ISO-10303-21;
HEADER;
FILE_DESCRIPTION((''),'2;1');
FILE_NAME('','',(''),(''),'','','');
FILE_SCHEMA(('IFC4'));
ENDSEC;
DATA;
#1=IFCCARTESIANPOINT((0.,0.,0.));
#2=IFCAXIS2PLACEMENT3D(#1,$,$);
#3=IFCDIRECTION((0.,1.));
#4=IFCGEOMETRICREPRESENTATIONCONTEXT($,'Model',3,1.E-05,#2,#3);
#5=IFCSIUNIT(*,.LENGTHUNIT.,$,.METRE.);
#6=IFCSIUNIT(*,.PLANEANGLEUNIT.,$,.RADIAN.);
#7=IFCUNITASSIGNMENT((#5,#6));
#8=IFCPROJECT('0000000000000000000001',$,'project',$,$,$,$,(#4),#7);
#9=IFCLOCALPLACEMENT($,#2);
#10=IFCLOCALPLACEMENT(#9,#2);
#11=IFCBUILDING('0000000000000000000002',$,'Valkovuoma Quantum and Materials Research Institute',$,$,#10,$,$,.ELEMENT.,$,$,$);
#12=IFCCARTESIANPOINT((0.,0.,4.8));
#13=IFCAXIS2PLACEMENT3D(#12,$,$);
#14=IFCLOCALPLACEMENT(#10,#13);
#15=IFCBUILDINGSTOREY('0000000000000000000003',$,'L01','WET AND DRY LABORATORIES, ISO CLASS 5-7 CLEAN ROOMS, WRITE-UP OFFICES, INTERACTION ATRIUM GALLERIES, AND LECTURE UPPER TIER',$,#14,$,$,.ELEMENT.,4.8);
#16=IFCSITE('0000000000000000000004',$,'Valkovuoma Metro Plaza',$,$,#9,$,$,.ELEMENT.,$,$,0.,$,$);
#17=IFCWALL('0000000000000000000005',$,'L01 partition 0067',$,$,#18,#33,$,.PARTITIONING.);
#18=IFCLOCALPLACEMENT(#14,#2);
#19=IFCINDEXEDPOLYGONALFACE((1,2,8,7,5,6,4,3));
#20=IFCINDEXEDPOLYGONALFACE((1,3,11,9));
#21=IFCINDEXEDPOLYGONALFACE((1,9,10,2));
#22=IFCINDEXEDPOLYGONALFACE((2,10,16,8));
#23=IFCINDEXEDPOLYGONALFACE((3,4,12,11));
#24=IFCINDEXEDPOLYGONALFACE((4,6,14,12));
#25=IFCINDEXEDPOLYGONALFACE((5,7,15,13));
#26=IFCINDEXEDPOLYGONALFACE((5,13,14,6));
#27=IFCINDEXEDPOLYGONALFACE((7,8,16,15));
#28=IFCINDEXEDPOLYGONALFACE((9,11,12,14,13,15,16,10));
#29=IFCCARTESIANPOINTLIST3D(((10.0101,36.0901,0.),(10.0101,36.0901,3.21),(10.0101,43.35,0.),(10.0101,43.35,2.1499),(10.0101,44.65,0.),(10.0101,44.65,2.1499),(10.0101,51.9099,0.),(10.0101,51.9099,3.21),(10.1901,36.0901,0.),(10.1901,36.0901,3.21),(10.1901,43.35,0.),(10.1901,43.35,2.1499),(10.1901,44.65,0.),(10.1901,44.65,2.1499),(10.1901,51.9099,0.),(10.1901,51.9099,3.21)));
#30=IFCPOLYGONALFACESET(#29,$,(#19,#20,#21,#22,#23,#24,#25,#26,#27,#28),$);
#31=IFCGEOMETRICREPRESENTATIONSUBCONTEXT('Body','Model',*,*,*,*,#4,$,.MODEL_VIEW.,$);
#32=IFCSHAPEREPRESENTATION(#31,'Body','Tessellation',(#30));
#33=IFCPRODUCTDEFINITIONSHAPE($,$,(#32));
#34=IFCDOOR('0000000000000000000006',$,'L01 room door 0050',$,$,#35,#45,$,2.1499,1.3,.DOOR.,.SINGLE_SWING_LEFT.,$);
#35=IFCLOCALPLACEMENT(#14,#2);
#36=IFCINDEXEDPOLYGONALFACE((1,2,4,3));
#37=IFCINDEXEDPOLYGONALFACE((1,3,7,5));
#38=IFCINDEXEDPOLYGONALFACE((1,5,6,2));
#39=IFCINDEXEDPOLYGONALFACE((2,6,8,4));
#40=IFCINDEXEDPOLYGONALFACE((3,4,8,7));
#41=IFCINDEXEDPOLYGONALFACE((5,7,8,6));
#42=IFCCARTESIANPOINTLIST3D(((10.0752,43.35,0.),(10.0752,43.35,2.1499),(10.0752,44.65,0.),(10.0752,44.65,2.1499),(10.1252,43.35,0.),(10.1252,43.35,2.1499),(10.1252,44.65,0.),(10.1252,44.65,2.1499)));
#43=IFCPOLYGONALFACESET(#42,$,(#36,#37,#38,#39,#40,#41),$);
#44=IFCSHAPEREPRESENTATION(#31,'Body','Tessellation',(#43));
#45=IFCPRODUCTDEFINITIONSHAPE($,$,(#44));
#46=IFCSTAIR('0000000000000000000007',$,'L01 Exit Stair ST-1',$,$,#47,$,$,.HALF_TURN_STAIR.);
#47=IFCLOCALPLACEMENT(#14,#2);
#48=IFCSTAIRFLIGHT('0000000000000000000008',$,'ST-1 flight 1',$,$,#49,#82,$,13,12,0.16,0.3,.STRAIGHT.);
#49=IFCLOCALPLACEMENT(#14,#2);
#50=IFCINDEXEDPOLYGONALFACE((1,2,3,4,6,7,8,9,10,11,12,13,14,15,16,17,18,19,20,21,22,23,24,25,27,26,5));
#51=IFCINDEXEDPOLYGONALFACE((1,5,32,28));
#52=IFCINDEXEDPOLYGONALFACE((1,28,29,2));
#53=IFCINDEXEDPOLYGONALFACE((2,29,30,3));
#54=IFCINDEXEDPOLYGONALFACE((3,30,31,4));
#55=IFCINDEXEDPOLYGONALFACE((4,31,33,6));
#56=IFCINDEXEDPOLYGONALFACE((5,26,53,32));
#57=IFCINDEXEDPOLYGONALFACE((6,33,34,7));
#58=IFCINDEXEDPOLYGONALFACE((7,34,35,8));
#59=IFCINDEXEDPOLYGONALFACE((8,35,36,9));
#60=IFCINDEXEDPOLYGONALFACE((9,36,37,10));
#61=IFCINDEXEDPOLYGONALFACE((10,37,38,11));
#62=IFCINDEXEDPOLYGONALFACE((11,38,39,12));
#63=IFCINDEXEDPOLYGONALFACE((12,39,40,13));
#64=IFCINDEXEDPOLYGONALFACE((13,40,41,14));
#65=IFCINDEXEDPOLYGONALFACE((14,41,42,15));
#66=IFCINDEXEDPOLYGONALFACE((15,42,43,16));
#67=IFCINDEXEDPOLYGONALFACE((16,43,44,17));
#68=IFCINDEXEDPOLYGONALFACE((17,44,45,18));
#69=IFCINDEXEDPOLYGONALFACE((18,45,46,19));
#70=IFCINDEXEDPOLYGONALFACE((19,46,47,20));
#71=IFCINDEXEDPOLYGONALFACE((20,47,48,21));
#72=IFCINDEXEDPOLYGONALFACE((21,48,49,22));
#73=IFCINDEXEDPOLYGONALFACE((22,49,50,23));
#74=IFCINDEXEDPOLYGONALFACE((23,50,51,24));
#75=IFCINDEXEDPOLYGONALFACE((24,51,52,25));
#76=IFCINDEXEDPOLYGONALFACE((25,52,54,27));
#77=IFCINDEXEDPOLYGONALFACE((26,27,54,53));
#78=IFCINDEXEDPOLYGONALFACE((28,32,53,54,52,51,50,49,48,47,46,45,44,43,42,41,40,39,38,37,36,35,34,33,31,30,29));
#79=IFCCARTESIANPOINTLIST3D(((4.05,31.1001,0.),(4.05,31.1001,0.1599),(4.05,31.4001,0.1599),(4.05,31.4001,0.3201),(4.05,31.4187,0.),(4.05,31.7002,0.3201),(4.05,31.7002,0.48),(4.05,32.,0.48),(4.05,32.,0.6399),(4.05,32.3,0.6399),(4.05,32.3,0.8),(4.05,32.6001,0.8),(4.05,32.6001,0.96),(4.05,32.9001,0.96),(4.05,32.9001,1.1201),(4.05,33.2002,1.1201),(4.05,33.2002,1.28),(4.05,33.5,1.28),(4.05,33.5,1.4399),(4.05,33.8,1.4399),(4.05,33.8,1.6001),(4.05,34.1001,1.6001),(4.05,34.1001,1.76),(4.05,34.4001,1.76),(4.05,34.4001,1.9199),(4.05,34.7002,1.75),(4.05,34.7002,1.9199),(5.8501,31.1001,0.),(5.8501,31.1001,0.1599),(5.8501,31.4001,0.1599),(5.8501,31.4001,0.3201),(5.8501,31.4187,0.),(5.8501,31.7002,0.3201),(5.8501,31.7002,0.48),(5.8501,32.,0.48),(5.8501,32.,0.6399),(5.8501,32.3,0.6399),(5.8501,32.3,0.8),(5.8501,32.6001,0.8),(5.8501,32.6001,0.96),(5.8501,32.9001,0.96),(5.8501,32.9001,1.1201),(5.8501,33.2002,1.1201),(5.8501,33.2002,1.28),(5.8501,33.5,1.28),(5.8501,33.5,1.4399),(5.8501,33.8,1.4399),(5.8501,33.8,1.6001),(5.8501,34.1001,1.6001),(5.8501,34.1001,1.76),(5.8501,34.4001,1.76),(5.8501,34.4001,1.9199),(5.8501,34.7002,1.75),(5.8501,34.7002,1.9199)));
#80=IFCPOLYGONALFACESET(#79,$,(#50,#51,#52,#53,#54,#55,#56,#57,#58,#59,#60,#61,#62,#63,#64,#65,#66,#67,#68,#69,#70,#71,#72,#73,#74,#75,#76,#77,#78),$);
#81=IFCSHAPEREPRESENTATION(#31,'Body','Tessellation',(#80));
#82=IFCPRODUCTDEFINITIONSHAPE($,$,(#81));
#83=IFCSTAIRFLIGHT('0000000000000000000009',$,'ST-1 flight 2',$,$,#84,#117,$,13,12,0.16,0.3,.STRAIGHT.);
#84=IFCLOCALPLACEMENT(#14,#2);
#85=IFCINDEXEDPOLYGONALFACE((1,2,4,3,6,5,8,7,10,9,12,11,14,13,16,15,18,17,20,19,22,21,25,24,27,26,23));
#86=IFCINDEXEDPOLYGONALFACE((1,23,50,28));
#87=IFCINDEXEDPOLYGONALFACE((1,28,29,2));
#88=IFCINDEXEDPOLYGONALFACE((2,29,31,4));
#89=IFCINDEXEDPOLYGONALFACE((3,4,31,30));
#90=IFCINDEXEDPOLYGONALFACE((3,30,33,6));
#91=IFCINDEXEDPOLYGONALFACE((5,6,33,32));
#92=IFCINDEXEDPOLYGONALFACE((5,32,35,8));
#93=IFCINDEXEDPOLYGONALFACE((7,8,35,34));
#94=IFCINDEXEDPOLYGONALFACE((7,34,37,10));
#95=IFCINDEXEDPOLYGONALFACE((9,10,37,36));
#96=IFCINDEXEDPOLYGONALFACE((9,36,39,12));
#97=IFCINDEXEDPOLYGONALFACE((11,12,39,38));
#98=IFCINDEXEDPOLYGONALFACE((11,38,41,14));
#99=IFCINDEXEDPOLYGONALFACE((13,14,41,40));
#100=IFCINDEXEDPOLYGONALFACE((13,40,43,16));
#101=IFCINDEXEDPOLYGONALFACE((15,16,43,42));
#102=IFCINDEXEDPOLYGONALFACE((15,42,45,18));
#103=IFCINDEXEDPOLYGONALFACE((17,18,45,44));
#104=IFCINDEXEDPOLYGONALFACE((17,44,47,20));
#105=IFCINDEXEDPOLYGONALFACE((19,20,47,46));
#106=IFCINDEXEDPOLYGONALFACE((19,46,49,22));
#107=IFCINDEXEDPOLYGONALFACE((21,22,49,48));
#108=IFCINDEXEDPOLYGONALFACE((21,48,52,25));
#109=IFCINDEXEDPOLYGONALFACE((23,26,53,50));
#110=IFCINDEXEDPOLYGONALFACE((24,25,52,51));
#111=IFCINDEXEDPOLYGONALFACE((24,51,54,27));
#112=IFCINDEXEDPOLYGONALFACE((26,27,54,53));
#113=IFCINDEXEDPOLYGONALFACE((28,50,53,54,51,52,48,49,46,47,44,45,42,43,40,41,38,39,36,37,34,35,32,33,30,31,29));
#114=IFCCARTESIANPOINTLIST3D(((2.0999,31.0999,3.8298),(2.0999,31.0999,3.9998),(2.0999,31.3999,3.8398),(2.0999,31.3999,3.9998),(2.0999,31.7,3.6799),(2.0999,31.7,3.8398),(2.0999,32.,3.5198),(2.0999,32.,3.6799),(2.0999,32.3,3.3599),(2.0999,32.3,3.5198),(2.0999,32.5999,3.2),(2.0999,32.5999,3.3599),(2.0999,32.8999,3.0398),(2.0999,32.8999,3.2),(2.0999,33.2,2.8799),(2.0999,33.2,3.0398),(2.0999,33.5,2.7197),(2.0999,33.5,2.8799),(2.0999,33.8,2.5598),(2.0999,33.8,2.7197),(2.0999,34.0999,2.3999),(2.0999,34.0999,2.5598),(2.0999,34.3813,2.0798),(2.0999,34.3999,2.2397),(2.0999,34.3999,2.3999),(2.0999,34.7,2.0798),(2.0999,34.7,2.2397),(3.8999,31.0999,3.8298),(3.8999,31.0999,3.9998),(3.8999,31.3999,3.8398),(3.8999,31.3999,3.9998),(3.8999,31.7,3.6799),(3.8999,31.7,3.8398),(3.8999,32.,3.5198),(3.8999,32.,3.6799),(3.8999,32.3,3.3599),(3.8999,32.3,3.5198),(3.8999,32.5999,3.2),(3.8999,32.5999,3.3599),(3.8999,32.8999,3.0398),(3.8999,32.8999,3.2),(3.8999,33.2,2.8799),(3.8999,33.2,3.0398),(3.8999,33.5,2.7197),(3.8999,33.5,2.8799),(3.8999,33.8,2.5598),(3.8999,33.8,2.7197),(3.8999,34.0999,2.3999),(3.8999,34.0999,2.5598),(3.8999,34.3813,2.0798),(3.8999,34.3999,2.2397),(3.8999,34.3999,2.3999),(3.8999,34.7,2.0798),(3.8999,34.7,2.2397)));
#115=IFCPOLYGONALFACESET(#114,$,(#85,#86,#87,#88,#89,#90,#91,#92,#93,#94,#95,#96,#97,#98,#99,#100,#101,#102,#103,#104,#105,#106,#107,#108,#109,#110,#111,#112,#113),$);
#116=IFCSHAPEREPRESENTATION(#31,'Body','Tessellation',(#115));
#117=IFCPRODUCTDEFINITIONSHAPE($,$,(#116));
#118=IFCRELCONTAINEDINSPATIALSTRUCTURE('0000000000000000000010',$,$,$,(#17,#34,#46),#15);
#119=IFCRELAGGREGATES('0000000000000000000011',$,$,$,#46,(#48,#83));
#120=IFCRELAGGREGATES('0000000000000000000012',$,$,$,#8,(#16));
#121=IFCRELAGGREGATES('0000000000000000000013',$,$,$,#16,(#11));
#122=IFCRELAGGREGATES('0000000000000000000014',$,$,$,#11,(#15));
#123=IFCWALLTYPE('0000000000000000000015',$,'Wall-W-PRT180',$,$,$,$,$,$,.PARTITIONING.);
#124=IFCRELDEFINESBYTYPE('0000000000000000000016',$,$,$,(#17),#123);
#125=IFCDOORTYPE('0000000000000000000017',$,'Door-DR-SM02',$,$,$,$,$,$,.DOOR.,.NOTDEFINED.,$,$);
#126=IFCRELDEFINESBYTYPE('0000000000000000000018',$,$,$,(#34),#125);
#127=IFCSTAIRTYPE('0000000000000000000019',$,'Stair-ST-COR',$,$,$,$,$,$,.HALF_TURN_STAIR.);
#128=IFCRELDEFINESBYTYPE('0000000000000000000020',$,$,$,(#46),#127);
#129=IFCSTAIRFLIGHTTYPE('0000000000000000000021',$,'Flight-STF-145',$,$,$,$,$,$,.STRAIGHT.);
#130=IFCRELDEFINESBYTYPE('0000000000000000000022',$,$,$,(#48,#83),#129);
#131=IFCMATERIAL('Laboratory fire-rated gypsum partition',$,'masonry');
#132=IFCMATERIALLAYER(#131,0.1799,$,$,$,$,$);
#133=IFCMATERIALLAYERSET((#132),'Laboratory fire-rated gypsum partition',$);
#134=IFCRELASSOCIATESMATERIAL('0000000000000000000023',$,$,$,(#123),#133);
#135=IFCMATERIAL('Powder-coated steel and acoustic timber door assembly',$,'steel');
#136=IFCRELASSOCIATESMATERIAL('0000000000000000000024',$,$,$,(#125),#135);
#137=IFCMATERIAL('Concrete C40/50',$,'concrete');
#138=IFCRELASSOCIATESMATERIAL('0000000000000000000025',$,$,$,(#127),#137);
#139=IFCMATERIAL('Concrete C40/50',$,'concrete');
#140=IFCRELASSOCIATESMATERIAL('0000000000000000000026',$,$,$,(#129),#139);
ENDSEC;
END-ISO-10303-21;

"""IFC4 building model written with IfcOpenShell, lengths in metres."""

from ifc_helpers import new_model, si_unit, direction, frame, frame_2d, origin, place, context, subcontext, project, spatial, polyline, rectangle, outline, extrude, material, layer, layer_set, type_object, element, fill, aggregate, save


model = new_model("IFC4")

# Units and contexts
model_context = context("Model", 3, precision=1e-05, world=origin(), true_north=direction((0.0, 1.0)))
body_context = subcontext(model_context, "Body", "Model", "MODEL_VIEW")
ifc_project = project(units=[si_unit("LENGTHUNIT", "METRE"), si_unit("PLANEANGLEUNIT", "RADIAN")], contexts=[model_context])

# Site, building, storey
site_placement = place(None, origin())
site = spatial("IfcSite", under=ifc_project, at=site_placement, Name="Valkovuoma Metro Plaza", CompositionType="ELEMENT", RefElevation=0.0)
building_placement = place(site_placement, origin())
building = spatial("IfcBuilding", under=site, at=building_placement, Name="Valkovuoma Quantum and Materials Research Institute", CompositionType="ELEMENT")
storey_placement = place(building_placement, frame((0.0, 0.0, 4.8)))
storey = spatial("IfcBuildingStorey", under=building, at=storey_placement, Name="L01", Description="WET AND DRY LABORATORIES, ISO CLASS 5-7 CLEAN ROOMS, WRITE-UP OFFICES, INTERACTION ATRIUM GALLERIES, AND LECTURE UPPER TIER", CompositionType="ELEMENT", Elevation=4.8)

# Wall, opening, door
ifc_material_1 = material(Name="Laboratory fire-rated gypsum partition", Category="masonry")
ifc_layer_1 = layer(ifc_material_1, 0.1799)
ifc_layer_set_1 = layer_set([ifc_layer_1], Name="Laboratory fire-rated gypsum partition")
wall_type_1 = type_object("IfcWallType", Name="Wall-W-PRT180", PredefinedType="PARTITIONING", material=ifc_layer_set_1)
wall_1_placement = place(storey_placement, frame((10.1001, 36.0901, 0.0), z_axis=(0.0, 0.0, 1.0), x_axis=(0.0, 1.0, 0.0)))
wall_1 = element("IfcWall", 1, at=wall_1_placement, inside=storey, type_object=wall_type_1, Name="L01 partition 0067", PredefinedType="PARTITIONING", context=body_context, shape_type="SweptSolid", body=[
    extrude(rectangle(XDim=15.8198, YDim=0.1799, at=frame_2d((7.9099, 0.0))), origin(), (0.0, 0.0, 1.0), 3.21),
])
opening_1_placement = place(wall_1_placement, frame((7.26, 0.0, 0.0)))
opening_1 = element("IfcOpeningElement", 2, at=opening_1_placement, cuts=wall_1, PredefinedType="OPENING", context=body_context, shape_type="SweptSolid", body=[
    extrude(rectangle(XDim=1.3, YDim=2.1499, at=frame_2d((0.6499, 1.075))), frame((0.0, 0.1001, 0.0), z_axis=(0.0, -1.0, 0.0), x_axis=(1.0, 0.0, 0.0)), (0.0, 0.0, 1.0), 0.2),
])
ifc_material_2 = material(Name="Powder-coated steel and acoustic timber door assembly", Category="steel")
door_type_1 = type_object("IfcDoorType", Name="Door-DR-SM02", OperationType="NOTDEFINED", PredefinedType="DOOR", material=ifc_material_2)
door_1_placement = place(opening_1_placement, origin())
door_1 = element("IfcDoor", 3, at=door_1_placement, inside=storey, type_object=door_type_1, Name="L01 room door 0050", OperationType="SINGLE_SWING_LEFT", OverallHeight=2.1499, OverallWidth=1.3, PredefinedType="DOOR", context=body_context, shape_type="SweptSolid", body=[
    extrude(rectangle(XDim=1.3, YDim=2.1499, at=frame_2d((0.6499, 1.075))), frame((0.0, 0.0249, 0.0), z_axis=(0.0, -1.0, 0.0), x_axis=(1.0, 0.0, 0.0)), (0.0, 0.0, 1.0), 0.05),
])
fill(opening_1, door_1)

# Stair, stair flights
ifc_material_3 = material(Name="Concrete C40/50", Category="concrete")
stair_type = type_object("IfcStairType", Name="Stair-ST-COR", PredefinedType="HALF_TURN_STAIR", material=ifc_material_3)
stair_placement = place(storey_placement, origin())
stair = element("IfcStair", 4, at=stair_placement, inside=storey, type_object=stair_type, Name="L01 Exit Stair ST-1", PredefinedType="HALF_TURN_STAIR")
ifc_material_4 = material(Name="Concrete C40/50", Category="concrete")
stair_flight_type = type_object("IfcStairFlightType", Name="Flight-STF-145", PredefinedType="STRAIGHT", material=ifc_material_4)
stair_flight_1_placement = place(storey_placement, frame((4.95, 31.1001, 0.0), z_axis=(0.0, 0.0, 1.0), x_axis=(0.0, 1.0, 0.0)))
stair_flight_1 = element("IfcStairFlight", 5, at=stair_flight_1_placement, type_object=stair_flight_type, Name="ST-1 flight 1", NumberOfRisers=13, NumberOfTreads=12, PredefinedType="STRAIGHT", RiserHeight=0.16, TreadLength=0.3, context=body_context, shape_type="SweptSolid", body=[
    extrude(outline(polyline([(0.0, 0.0), (0.0, 0.1599), (0.3, 0.1599), (0.3, 0.3201), (0.6001, 0.3201), (0.6001, 0.48), (0.8999, 0.48), (0.8999, 0.6399), (1.2, 0.6399), (1.2, 0.8), (1.5, 0.8), (1.5, 0.96), (1.8, 0.96), (1.8, 1.1201), (2.1001, 1.1201), (2.1001, 1.28), (2.3999, 1.28), (2.3999, 1.4399), (2.7, 1.4399), (2.7, 1.6001), (3.0, 1.6001), (3.0, 1.76), (3.3, 1.76), (3.3, 1.9199), (3.6001, 1.9199), (3.6001, 2.0801), (3.6001, 1.75), (0.3186, 0.0), (0.0, 0.0)])), frame((0.0, 0.8999, 0.0), z_axis=(0.0, -1.0, 0.0), x_axis=(1.0, 0.0, 0.0)), (0.0, 0.0, 1.0), 1.8),
])
stair_flight_2_placement = place(storey_placement, frame((3.0, 34.7, 2.0798), z_axis=(0.0, 0.0, 1.0), x_axis=(0.0, -1.0, 0.0)))
stair_flight_2 = element("IfcStairFlight", 6, at=stair_flight_2_placement, type_object=stair_flight_type, Name="ST-1 flight 2", NumberOfRisers=13, NumberOfTreads=12, PredefinedType="STRAIGHT", RiserHeight=0.16, TreadLength=0.3, context=body_context, shape_type="SweptSolid", body=[
    extrude(outline(polyline([(0.0, 0.0), (0.0, 0.1599), (0.3, 0.1599), (0.3, 0.3201), (0.6001, 0.3201), (0.6001, 0.48), (0.8999, 0.48), (0.8999, 0.6399), (1.2, 0.6399), (1.2, 0.8), (1.5, 0.8), (1.5, 0.96), (1.8, 0.96), (1.8, 1.1201), (2.1001, 1.1201), (2.1001, 1.28), (2.3999, 1.28), (2.3999, 1.4399), (2.7, 1.4399), (2.7, 1.6001), (3.0, 1.6001), (3.0, 1.76), (3.3, 1.76), (3.3, 1.9199), (3.6001, 1.9199), (3.6001, 2.0801), (3.6001, 1.75), (0.3186, 0.0), (0.0, 0.0)])), frame((0.0, 0.8999, 0.0), z_axis=(0.0, -1.0, 0.0), x_axis=(1.0, 0.0, 0.0)), (0.0, 0.0, 1.0), 1.8),
])
aggregate(stair, [stair_flight_1, stair_flight_2])

save(model, "model.ifc")
